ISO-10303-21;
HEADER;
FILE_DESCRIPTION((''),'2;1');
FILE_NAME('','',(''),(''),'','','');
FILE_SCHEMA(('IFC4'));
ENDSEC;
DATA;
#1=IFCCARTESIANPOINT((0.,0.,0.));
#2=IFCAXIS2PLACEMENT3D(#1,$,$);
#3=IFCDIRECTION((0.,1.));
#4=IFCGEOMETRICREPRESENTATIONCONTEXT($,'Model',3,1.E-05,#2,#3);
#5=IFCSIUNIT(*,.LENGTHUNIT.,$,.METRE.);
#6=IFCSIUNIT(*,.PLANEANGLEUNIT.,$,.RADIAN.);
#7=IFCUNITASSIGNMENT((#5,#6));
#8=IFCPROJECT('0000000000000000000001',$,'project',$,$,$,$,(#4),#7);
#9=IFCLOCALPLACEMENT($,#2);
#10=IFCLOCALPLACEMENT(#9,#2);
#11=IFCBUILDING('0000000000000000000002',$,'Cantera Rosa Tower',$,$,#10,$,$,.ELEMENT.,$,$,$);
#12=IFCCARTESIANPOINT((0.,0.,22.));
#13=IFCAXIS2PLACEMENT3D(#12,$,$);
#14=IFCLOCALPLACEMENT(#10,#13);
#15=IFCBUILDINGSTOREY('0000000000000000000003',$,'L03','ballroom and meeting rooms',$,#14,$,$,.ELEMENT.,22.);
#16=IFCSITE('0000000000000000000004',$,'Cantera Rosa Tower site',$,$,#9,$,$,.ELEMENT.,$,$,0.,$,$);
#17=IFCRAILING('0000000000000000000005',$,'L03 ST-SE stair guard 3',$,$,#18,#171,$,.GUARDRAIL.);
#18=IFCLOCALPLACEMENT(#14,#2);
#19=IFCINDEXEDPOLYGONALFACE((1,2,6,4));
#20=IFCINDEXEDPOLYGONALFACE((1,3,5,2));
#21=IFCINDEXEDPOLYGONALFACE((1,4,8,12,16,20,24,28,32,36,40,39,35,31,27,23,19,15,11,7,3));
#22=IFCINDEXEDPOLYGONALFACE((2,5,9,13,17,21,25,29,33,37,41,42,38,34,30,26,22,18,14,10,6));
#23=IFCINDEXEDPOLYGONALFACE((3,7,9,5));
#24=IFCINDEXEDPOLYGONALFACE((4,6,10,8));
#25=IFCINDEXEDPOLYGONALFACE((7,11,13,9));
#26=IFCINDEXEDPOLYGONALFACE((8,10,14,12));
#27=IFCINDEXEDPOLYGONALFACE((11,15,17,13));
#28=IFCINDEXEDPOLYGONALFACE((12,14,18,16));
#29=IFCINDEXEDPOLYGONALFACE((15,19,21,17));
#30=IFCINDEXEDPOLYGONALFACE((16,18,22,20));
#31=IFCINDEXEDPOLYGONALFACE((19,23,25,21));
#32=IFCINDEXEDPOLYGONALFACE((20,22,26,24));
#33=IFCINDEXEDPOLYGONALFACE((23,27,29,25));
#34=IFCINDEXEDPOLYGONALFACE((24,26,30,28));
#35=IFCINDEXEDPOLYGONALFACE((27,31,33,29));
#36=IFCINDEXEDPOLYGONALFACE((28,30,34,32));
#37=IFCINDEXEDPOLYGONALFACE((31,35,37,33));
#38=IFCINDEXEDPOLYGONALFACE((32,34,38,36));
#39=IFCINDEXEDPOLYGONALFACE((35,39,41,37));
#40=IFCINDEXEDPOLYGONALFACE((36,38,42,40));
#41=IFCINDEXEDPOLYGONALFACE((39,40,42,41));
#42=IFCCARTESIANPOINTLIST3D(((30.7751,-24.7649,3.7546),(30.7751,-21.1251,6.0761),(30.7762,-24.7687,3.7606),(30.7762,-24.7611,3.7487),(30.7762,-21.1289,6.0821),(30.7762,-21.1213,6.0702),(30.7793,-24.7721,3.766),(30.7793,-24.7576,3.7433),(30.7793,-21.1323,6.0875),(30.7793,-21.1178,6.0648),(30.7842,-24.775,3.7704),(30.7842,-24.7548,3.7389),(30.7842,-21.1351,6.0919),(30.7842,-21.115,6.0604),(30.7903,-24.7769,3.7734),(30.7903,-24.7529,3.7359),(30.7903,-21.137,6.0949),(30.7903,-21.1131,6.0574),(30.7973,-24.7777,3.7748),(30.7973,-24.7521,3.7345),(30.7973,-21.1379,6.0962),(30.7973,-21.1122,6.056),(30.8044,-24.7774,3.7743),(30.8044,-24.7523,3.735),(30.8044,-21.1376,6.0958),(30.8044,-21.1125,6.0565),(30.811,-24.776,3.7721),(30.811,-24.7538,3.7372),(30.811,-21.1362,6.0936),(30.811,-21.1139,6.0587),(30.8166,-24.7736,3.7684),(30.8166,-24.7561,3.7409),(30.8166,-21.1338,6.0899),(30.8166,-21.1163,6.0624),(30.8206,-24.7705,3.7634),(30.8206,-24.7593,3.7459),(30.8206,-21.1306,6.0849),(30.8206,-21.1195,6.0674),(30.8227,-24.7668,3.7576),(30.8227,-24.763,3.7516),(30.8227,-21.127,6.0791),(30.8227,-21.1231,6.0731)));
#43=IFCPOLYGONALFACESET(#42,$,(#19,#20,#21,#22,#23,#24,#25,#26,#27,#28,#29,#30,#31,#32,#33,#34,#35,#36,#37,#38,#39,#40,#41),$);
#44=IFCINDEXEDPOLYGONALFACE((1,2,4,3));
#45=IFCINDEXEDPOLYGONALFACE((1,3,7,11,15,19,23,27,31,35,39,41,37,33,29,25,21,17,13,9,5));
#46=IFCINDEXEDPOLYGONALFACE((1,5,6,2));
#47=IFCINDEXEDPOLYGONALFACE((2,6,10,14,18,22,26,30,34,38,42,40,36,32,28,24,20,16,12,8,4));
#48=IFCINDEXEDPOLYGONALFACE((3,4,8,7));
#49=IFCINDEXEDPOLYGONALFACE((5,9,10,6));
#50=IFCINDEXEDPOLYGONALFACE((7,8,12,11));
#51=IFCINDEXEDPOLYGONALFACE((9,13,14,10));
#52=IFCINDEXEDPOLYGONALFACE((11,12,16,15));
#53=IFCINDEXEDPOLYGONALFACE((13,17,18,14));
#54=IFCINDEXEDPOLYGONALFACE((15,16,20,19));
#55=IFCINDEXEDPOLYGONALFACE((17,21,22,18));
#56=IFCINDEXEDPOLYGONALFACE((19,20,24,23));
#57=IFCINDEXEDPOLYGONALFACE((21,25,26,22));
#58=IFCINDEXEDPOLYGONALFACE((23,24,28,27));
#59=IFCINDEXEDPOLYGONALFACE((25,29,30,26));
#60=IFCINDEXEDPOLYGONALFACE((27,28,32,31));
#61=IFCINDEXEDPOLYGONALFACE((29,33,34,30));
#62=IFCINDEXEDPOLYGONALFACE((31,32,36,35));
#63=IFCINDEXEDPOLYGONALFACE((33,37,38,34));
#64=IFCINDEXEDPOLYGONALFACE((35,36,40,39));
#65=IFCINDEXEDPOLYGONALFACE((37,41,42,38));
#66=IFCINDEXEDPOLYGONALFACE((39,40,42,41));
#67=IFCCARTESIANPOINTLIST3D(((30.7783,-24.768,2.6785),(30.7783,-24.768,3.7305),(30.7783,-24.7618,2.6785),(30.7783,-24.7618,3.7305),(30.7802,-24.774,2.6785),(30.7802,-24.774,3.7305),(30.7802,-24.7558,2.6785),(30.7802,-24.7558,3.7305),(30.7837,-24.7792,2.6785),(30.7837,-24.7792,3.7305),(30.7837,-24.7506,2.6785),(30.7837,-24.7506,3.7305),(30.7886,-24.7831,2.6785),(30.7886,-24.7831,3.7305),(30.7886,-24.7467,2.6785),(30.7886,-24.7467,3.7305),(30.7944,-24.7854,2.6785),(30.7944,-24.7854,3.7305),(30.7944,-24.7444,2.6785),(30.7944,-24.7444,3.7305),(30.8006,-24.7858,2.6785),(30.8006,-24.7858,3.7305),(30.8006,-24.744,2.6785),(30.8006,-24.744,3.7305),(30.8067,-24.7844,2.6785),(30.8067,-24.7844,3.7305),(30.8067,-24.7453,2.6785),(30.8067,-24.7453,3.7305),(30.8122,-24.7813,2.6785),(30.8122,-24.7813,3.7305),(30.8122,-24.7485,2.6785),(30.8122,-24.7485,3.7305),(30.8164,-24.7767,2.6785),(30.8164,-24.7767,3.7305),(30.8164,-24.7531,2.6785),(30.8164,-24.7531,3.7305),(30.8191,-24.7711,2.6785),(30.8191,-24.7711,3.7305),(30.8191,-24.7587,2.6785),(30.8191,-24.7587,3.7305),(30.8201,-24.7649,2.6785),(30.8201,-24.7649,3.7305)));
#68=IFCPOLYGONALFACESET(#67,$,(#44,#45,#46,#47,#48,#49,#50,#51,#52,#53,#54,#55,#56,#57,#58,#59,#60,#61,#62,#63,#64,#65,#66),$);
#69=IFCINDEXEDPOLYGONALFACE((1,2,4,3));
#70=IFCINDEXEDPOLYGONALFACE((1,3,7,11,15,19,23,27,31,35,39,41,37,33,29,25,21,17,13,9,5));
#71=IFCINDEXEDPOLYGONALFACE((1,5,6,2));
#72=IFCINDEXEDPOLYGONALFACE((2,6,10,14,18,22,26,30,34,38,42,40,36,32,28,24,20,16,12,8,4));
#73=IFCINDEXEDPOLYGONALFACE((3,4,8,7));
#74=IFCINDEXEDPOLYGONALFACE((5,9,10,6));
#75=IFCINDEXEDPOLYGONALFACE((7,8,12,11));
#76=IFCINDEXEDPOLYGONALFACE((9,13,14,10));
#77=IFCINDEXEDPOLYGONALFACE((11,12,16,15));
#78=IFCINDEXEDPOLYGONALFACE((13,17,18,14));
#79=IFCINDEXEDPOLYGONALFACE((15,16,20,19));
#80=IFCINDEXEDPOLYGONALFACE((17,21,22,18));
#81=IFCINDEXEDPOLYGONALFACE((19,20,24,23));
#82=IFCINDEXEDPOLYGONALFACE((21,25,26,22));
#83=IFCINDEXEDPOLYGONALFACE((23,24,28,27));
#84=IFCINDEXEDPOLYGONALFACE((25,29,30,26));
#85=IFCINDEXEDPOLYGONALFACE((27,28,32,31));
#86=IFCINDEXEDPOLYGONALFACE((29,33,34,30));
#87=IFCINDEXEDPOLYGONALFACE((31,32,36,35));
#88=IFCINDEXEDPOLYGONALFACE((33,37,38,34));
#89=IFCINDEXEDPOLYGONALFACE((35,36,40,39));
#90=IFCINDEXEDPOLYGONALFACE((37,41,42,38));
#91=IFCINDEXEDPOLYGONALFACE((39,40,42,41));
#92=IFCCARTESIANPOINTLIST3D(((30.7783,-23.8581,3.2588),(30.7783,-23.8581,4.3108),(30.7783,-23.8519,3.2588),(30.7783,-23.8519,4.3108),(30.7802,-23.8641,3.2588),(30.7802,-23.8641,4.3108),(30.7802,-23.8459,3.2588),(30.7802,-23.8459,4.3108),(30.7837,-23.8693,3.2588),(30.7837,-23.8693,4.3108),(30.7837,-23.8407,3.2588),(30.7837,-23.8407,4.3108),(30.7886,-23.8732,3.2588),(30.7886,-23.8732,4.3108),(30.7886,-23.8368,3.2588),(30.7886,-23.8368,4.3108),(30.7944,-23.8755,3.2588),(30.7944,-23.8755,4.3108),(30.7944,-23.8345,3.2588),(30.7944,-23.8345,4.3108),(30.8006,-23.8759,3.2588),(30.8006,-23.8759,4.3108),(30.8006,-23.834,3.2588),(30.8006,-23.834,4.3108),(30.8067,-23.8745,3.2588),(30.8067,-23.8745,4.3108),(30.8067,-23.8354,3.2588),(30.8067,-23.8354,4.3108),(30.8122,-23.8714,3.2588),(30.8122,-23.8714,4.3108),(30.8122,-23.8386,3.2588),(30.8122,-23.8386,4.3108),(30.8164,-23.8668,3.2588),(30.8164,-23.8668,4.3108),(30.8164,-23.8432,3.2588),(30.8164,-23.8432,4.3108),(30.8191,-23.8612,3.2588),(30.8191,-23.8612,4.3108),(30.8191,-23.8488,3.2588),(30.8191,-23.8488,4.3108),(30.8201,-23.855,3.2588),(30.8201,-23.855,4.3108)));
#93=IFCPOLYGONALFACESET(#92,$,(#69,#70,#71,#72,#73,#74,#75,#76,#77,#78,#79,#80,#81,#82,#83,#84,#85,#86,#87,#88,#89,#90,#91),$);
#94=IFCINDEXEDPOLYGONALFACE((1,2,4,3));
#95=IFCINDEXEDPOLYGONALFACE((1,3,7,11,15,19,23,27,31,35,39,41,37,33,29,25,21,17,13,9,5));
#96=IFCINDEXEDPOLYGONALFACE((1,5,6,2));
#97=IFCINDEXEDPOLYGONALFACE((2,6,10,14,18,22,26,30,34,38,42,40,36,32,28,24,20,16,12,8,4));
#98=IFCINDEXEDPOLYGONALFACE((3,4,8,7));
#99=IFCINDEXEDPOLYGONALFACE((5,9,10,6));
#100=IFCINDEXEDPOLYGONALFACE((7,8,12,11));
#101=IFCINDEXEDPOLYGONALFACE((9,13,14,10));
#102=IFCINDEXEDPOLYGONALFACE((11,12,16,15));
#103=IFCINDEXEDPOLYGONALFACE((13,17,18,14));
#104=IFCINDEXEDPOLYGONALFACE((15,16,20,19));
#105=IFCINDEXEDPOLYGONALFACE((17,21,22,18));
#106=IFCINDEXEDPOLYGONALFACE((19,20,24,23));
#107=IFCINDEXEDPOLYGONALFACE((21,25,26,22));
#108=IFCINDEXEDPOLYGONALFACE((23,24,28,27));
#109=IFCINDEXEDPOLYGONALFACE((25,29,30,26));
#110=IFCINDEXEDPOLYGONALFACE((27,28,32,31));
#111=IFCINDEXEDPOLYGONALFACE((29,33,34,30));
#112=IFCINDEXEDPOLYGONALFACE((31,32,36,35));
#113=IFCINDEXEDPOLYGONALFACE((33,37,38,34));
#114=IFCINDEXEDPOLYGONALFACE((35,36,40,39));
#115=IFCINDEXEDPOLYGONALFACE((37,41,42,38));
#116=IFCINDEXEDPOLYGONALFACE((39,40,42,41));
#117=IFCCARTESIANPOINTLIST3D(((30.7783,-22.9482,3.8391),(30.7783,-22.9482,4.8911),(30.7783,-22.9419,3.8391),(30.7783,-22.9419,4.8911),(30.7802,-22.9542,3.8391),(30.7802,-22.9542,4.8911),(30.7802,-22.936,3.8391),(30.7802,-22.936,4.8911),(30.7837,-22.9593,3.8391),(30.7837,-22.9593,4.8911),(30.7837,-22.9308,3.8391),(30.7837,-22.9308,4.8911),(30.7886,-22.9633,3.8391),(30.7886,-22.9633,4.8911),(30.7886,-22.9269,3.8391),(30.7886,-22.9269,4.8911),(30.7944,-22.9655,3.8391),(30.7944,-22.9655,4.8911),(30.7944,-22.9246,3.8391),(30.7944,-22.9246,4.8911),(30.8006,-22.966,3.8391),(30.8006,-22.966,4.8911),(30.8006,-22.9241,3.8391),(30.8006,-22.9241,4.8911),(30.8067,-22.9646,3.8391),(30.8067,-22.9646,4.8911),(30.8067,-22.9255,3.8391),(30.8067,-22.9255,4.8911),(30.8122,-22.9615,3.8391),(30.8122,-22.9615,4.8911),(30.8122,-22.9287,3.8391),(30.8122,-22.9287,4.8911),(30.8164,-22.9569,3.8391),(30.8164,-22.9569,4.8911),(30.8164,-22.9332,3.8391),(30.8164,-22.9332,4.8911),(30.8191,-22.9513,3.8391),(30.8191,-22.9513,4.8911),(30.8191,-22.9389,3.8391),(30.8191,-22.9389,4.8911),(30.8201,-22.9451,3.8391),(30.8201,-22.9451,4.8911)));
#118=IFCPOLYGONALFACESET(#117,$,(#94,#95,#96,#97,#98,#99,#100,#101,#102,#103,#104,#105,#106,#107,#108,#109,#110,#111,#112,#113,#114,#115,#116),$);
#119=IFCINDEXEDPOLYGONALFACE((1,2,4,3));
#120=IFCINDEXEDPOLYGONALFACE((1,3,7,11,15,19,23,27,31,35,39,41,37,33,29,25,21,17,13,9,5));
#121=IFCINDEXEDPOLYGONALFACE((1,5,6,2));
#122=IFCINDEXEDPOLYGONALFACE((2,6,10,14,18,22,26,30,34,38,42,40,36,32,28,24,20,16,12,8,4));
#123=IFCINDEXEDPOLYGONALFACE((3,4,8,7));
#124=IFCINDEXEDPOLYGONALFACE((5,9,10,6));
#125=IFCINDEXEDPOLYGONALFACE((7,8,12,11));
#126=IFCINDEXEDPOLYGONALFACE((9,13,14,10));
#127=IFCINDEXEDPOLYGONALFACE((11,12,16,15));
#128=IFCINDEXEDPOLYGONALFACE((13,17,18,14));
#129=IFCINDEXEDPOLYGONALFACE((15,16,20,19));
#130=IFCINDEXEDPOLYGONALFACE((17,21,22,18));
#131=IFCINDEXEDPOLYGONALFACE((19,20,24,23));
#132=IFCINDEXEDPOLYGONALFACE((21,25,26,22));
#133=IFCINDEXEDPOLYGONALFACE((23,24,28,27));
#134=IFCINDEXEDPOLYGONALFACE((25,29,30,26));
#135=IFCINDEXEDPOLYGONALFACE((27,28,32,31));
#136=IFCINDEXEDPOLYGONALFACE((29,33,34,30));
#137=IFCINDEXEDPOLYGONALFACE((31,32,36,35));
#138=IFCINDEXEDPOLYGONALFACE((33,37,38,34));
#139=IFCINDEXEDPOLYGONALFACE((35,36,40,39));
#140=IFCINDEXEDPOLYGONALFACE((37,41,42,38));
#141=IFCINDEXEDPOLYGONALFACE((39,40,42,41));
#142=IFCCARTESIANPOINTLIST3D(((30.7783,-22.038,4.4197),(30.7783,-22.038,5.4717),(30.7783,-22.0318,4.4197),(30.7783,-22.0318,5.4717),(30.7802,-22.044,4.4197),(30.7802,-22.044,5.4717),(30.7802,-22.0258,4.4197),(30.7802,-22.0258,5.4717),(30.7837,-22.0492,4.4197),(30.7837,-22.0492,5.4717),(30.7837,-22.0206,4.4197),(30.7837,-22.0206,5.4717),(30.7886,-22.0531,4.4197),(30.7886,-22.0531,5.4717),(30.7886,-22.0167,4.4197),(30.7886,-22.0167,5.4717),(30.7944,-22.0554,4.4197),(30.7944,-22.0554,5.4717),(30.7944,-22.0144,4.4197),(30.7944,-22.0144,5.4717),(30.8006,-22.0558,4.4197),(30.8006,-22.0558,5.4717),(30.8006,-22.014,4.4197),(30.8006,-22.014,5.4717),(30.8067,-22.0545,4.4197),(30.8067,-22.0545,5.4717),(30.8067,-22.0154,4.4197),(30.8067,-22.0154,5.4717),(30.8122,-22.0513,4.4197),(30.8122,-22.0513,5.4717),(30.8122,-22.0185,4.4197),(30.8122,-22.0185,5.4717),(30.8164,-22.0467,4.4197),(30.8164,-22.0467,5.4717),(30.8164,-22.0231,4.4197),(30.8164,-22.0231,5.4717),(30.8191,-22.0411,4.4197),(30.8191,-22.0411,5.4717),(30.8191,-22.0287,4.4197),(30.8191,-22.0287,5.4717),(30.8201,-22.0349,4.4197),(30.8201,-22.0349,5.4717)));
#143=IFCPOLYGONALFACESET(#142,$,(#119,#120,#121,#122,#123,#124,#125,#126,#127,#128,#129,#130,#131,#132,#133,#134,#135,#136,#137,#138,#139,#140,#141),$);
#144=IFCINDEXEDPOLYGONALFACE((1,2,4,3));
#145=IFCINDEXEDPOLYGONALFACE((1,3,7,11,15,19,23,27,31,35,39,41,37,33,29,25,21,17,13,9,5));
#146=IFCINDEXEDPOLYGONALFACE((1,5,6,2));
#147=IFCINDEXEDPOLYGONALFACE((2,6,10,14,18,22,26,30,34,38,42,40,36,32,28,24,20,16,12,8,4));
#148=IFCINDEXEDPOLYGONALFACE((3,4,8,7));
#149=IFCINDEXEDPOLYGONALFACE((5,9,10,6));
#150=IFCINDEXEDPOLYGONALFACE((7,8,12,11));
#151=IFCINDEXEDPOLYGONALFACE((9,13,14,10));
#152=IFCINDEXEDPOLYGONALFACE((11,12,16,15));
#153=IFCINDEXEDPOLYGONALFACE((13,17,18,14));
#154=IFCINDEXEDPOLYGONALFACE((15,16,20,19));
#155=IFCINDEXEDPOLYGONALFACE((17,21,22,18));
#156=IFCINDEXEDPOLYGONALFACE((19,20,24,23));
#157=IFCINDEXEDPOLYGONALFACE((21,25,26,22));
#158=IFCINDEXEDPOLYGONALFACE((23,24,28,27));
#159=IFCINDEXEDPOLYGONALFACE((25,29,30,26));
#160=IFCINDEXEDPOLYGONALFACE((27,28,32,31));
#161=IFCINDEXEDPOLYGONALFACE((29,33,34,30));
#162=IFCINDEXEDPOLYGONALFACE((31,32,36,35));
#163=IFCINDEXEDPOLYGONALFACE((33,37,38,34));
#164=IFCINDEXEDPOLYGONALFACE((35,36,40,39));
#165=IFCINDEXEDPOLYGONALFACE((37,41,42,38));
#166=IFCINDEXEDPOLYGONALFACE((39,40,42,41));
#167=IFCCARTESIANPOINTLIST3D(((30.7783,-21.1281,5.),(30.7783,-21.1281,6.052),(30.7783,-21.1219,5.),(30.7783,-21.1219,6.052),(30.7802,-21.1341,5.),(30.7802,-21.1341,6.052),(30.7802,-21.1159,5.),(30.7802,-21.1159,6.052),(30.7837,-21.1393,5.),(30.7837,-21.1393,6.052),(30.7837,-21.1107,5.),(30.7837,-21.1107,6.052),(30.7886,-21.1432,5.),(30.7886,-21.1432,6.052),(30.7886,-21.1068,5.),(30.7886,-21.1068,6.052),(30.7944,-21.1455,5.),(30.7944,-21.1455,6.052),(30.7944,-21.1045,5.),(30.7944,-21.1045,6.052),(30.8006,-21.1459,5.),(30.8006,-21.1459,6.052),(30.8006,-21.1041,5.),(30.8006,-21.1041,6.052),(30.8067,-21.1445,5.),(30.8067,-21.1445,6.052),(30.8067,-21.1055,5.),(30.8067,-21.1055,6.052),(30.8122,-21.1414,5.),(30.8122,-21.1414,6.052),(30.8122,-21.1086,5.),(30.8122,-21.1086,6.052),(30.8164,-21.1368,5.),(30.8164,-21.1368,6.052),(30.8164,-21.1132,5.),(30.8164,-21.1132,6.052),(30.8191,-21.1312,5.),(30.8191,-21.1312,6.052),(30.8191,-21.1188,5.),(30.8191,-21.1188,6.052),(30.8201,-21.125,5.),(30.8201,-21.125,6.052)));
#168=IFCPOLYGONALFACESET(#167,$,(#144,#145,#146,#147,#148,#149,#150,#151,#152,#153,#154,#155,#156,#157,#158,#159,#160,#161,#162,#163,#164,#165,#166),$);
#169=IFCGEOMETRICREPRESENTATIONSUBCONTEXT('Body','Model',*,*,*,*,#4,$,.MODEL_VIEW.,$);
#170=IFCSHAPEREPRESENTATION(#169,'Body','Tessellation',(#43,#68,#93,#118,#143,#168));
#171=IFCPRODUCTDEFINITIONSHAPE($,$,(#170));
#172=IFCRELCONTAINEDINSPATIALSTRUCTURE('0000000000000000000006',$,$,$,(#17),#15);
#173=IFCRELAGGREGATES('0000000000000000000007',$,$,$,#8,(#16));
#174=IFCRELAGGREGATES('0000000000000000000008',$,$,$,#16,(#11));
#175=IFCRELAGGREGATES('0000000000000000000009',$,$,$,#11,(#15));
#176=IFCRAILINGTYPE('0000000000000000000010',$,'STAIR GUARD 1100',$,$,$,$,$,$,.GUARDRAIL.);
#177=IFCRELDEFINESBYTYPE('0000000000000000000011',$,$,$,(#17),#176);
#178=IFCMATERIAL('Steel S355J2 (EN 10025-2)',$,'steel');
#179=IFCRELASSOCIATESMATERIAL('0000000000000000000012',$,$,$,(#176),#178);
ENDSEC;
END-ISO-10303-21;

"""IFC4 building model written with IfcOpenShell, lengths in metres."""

from ifc_helpers import new_model, si_unit, direction, frame, origin, origin_2d, place, context, subcontext, project, spatial, circle, extrude, material, type_object, element, save


model = new_model("IFC4")

# Units and contexts
model_context = context("Model", 3, precision=1e-05, world=origin(), true_north=direction((0.0, 1.0)))
body_context = subcontext(model_context, "Body", "Model", "MODEL_VIEW")
ifc_project = project(units=[si_unit("LENGTHUNIT", "METRE"), si_unit("PLANEANGLEUNIT", "RADIAN")], contexts=[model_context])

# Site, building, storey
site_placement = place(None, origin())
site = spatial("IfcSite", under=ifc_project, at=site_placement, Name="Cantera Rosa Tower site", CompositionType="ELEMENT", RefElevation=0.0)
building_placement = place(site_placement, origin())
building = spatial("IfcBuilding", under=site, at=building_placement, Name="Cantera Rosa Tower", CompositionType="ELEMENT")
storey_placement = place(building_placement, frame((0.0, 0.0, 22.0)))
storey = spatial("IfcBuildingStorey", under=building, at=storey_placement, Name="L03", Description="ballroom and meeting rooms", CompositionType="ELEMENT", Elevation=22.0)

# Railing
ifc_material_1 = material(Name="Steel S355J2 (EN 10025-2)", Category="steel")
railing_type_1 = type_object("IfcRailingType", Name="STAIR GUARD 1100", PredefinedType="GUARDRAIL", material=ifc_material_1)
railing_1_placement = place(storey_placement, frame((30.7991, -24.7649, 2.6785)))
element("IfcRailing", 1, at=railing_1_placement, inside=storey, type_object=railing_type_1, Name="L03 ST-SE stair guard 3", PredefinedType="GUARDRAIL", context=body_context, shape_type="SweptSolid", body=[
    extrude(circle(Radius=0.0239, at=origin_2d()), frame((0.0, 0.0, 1.0762), z_axis=(0.0, 0.843112, 0.537739), x_axis=(-1.0, 0.0, 0.0)), (0.0, 0.0, 1.0), 4.3171),
    extrude(circle(Radius=0.021, at=origin_2d()), origin(), (0.0, 0.0, 1.0), 1.052),
    extrude(circle(Radius=0.021, at=origin_2d()), frame((0.0, 0.9099, 0.5803)), (0.0, 0.0, 1.0), 1.052),
    extrude(circle(Radius=0.021, at=origin_2d()), frame((0.0, 1.8198, 1.1606)), (0.0, 0.0, 1.0), 1.052),
    extrude(circle(Radius=0.021, at=origin_2d()), frame((0.0, 2.73, 1.7412)), (0.0, 0.0, 1.0), 1.052),
    extrude(circle(Radius=0.021, at=origin_2d()), frame((0.0, 3.6399, 2.3215)), (0.0, 0.0, 1.0), 1.052),
])

save(model, "model.ifc")
